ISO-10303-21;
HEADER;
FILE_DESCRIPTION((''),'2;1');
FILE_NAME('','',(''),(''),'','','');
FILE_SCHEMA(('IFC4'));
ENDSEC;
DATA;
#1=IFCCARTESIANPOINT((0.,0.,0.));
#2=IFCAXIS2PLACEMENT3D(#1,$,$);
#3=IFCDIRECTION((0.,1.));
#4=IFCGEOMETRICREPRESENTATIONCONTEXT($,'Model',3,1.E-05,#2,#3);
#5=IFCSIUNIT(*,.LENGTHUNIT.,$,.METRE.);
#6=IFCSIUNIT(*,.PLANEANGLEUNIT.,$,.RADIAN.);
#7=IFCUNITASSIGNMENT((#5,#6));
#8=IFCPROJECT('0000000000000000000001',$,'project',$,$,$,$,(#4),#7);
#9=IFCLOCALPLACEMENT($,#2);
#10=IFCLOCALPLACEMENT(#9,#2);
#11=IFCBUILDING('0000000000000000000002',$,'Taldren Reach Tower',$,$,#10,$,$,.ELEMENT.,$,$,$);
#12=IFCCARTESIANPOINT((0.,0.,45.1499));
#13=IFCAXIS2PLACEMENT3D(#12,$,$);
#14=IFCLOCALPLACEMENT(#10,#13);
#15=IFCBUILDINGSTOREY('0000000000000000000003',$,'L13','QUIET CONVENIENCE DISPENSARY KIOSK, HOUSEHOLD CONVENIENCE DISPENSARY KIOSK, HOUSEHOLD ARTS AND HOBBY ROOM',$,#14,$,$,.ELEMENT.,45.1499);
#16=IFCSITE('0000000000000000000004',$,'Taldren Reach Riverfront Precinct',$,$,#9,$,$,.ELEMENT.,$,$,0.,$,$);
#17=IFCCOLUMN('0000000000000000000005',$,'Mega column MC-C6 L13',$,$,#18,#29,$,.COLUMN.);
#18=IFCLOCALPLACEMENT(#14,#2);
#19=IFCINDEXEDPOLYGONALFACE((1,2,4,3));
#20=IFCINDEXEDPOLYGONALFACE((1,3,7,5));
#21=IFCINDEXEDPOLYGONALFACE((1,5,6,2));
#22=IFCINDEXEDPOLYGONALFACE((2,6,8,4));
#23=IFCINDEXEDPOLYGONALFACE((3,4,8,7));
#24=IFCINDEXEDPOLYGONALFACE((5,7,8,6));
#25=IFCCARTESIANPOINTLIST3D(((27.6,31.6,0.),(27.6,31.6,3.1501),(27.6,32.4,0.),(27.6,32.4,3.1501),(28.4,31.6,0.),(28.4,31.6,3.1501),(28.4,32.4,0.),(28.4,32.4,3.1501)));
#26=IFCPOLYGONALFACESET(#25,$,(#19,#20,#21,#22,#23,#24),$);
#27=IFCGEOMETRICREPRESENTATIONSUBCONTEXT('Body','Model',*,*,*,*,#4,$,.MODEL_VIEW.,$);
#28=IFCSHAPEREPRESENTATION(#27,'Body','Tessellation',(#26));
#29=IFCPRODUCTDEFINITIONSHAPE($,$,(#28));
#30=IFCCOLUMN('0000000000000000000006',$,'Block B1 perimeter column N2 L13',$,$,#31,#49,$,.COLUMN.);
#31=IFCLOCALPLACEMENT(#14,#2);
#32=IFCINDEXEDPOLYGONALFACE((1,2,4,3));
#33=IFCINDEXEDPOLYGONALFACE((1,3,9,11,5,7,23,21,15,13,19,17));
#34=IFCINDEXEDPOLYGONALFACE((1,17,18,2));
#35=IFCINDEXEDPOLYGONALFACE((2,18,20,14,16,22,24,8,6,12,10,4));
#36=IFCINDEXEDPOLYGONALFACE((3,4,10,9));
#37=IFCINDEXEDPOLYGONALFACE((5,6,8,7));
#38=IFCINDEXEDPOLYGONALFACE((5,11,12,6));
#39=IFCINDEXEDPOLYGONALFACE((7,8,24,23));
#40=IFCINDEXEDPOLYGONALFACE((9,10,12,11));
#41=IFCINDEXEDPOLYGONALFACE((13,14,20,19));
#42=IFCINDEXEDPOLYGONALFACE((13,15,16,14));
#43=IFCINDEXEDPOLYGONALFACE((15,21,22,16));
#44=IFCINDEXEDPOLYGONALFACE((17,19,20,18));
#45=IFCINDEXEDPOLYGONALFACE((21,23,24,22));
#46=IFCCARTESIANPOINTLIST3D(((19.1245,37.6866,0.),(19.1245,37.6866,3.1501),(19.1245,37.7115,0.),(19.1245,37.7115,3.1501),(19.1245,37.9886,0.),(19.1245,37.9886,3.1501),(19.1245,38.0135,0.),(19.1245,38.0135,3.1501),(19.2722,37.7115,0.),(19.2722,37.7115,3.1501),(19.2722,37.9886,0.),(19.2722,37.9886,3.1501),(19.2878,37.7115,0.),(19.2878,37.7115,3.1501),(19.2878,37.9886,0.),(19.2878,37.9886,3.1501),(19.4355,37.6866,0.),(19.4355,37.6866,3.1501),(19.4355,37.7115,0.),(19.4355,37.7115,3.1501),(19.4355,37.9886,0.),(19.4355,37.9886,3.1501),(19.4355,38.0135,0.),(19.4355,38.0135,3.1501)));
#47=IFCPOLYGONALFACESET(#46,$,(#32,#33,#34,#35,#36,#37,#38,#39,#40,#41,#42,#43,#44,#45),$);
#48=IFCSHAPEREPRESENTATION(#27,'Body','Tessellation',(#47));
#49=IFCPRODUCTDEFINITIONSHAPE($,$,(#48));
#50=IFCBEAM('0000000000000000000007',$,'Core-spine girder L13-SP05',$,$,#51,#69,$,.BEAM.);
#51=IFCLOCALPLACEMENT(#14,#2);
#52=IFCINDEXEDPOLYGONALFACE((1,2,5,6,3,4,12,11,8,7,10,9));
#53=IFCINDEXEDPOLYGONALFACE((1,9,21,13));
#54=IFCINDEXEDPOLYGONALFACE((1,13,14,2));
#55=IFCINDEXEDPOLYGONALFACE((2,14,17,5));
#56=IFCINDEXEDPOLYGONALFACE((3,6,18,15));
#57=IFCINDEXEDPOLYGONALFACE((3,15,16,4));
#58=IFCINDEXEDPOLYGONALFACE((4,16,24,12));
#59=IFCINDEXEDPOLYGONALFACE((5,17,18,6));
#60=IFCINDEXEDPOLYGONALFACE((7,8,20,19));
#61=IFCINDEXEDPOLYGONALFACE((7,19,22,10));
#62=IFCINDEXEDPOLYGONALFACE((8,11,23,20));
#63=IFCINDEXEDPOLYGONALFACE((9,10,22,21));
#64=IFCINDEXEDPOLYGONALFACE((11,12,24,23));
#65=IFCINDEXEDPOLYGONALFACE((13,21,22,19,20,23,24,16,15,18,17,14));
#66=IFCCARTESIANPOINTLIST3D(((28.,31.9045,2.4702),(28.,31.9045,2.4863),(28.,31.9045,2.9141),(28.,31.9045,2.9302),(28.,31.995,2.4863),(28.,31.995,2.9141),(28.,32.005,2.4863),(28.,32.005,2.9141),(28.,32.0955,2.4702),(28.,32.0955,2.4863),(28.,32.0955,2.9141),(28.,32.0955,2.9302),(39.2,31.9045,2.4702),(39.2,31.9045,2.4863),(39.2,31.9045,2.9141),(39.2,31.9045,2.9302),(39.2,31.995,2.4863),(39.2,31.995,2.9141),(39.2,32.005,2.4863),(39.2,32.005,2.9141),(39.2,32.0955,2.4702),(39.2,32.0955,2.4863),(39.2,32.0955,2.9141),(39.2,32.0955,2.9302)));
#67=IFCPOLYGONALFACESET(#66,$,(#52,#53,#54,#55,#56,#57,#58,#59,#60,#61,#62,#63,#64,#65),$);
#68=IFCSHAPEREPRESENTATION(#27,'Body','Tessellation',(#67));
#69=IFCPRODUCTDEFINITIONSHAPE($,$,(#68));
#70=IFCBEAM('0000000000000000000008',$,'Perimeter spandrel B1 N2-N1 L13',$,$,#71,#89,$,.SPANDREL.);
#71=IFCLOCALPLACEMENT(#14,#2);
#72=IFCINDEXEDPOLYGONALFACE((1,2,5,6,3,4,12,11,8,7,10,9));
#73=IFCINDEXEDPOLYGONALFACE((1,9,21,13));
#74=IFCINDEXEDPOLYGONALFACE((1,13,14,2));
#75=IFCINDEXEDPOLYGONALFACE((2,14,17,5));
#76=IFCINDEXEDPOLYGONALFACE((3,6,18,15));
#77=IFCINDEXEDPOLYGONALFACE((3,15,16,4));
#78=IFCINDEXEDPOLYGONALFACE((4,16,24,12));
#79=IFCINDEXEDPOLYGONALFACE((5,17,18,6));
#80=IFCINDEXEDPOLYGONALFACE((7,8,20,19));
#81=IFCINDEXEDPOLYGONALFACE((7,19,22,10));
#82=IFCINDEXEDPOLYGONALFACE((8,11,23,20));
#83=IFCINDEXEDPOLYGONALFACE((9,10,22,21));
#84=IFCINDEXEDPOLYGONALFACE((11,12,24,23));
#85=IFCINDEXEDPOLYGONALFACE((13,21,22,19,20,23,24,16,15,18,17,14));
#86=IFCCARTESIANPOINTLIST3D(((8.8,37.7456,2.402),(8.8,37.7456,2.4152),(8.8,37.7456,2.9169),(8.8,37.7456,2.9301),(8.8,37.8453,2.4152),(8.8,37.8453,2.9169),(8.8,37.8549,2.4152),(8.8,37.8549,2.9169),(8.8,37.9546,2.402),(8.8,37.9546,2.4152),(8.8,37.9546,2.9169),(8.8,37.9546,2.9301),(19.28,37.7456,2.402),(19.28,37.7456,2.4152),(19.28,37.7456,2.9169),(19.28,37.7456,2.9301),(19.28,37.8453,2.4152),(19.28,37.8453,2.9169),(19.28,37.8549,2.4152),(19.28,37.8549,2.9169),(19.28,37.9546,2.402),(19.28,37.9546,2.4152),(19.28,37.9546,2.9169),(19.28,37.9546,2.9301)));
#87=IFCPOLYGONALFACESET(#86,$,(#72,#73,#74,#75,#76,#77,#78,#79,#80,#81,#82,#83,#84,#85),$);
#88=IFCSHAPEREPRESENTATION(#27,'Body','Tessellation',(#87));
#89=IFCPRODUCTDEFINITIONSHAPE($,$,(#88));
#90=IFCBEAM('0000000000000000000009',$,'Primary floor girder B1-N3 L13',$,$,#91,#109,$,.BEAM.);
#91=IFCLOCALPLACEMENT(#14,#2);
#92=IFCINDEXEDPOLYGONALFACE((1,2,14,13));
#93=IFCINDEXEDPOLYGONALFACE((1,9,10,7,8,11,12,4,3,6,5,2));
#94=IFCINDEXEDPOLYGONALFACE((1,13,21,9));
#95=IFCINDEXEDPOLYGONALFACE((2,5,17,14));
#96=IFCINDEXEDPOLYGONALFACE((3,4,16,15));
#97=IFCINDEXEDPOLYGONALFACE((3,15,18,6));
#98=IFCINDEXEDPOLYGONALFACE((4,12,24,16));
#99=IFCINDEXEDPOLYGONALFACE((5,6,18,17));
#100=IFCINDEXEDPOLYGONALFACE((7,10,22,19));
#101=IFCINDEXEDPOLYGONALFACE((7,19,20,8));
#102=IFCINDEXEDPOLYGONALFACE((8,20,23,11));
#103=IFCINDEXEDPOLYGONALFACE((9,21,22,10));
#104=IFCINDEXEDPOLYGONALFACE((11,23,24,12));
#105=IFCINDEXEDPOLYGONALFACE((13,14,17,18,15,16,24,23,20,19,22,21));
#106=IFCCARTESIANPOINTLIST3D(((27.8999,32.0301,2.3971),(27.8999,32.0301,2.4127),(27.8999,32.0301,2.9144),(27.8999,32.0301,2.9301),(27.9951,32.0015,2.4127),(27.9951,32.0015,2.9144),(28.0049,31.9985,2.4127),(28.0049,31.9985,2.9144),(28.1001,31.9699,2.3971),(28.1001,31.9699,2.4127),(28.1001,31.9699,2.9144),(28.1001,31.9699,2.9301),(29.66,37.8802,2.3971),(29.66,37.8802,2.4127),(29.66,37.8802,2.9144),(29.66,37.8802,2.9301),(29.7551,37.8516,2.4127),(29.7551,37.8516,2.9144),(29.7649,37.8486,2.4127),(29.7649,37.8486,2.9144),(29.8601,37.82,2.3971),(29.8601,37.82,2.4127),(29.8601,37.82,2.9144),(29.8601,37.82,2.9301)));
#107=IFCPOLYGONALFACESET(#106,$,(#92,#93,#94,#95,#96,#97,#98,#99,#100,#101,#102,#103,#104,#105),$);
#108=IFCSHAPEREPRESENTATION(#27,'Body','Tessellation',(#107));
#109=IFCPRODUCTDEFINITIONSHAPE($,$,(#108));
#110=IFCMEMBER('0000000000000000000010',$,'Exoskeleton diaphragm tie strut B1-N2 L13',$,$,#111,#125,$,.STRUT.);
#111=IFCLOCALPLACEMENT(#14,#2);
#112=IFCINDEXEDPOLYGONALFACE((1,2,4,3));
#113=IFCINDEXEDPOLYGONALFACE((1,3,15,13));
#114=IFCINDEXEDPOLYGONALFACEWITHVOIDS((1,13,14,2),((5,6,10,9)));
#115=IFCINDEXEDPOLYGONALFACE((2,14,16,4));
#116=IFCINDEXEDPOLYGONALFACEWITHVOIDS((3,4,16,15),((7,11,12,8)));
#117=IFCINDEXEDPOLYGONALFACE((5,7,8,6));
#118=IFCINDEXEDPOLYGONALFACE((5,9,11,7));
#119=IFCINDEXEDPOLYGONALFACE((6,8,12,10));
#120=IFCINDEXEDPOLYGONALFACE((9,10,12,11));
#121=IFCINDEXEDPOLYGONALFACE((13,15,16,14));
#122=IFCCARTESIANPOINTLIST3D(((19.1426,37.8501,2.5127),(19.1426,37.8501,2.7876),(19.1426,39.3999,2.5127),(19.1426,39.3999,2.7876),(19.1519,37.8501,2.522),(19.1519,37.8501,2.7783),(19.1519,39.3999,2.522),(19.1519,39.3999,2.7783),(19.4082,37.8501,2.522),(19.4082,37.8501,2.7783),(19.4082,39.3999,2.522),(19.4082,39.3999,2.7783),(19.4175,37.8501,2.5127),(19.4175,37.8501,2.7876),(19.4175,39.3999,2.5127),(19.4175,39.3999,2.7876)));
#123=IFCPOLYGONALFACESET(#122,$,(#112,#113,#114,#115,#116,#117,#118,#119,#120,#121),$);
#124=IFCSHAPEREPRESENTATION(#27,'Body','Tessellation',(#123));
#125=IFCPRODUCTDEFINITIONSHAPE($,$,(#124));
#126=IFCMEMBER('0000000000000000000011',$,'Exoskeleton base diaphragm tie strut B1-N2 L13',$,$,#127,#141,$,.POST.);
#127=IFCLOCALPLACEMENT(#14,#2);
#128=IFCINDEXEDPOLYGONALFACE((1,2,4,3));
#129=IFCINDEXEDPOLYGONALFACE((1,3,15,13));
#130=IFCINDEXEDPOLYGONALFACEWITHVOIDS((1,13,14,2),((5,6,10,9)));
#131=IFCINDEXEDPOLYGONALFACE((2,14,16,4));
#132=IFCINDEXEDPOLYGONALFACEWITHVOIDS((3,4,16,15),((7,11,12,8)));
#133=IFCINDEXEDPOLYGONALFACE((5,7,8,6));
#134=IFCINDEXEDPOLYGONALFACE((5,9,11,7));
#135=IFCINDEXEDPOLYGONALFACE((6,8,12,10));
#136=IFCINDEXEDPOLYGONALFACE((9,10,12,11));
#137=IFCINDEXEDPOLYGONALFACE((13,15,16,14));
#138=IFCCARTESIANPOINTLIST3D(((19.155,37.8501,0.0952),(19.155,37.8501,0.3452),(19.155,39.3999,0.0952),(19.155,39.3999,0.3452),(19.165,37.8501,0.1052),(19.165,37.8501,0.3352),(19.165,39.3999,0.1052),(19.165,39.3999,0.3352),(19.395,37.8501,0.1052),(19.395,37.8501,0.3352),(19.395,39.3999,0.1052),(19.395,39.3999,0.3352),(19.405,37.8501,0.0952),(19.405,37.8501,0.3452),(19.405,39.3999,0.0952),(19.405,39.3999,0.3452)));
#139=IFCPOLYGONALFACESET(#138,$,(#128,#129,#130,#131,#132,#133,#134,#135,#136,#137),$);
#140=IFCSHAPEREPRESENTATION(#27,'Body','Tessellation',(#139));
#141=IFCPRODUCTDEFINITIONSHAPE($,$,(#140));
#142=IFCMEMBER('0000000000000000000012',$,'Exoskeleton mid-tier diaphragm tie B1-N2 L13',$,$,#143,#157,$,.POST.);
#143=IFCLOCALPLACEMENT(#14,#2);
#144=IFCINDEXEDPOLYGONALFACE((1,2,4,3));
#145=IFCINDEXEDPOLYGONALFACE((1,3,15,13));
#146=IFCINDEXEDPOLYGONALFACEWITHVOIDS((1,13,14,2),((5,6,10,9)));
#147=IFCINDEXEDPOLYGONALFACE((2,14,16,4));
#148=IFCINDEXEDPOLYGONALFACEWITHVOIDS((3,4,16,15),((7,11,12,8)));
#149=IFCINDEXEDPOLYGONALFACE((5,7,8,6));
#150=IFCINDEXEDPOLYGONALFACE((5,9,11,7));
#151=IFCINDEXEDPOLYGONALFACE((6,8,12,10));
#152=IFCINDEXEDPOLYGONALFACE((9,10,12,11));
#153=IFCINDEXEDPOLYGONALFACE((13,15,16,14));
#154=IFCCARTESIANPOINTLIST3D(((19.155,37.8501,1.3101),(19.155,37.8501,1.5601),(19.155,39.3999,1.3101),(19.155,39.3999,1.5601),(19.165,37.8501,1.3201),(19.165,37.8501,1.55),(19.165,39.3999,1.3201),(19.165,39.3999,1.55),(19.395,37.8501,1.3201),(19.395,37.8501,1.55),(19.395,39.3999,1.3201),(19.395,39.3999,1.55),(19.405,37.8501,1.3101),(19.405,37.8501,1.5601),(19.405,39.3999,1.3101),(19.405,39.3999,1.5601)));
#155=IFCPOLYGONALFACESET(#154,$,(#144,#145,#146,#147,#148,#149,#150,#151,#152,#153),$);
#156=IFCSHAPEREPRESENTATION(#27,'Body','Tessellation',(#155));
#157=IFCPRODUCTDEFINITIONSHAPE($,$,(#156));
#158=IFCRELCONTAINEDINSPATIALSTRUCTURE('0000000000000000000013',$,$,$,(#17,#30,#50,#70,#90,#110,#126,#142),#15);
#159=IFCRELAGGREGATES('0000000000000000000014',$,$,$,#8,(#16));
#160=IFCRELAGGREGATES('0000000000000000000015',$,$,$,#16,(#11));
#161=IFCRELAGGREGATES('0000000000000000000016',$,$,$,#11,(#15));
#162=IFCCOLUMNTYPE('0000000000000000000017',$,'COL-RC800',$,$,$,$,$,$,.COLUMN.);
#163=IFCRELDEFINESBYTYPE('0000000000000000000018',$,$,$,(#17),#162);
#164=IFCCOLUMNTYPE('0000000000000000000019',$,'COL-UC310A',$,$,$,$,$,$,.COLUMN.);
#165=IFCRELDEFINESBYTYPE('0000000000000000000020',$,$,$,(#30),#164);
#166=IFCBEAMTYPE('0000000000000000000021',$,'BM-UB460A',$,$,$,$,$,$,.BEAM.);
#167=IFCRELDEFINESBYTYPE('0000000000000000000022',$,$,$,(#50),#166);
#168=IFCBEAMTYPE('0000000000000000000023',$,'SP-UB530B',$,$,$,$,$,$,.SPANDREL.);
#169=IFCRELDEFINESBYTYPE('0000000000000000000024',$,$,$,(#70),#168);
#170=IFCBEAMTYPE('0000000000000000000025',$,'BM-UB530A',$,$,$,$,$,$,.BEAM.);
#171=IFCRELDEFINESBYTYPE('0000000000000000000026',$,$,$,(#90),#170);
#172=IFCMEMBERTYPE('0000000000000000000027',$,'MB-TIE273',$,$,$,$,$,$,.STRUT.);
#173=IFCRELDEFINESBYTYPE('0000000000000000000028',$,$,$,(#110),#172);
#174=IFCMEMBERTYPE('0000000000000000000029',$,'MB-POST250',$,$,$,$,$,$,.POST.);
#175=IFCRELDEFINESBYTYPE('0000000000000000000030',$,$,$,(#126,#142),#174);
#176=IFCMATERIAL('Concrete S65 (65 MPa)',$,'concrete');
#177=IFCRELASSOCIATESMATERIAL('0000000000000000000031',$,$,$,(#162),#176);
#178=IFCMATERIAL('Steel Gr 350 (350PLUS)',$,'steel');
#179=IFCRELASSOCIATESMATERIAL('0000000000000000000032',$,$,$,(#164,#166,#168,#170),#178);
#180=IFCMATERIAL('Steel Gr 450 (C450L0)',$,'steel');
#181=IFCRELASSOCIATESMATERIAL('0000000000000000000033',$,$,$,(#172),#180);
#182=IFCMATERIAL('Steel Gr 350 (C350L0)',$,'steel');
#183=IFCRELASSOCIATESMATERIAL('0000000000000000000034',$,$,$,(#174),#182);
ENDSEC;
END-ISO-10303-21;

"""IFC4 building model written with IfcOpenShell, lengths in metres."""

from ifc_helpers import new_model, si_unit, direction, frame, origin, origin_2d, place, context, subcontext, project, spatial, rectangle, hollow_rectangle, i_section, extrude, source, transform, mapped, material, material_profile, profile_set, type_object, element, save


model = new_model("IFC4")

# Units and contexts
model_context = context("Model", 3, precision=1e-05, world=origin(), true_north=direction((0.0, 1.0)))
body_context = subcontext(model_context, "Body", "Model", "MODEL_VIEW")
ifc_project = project(units=[si_unit("LENGTHUNIT", "METRE"), si_unit("PLANEANGLEUNIT", "RADIAN")], contexts=[model_context])

# Site, building, storey
site_placement = place(None, origin())
site = spatial("IfcSite", under=ifc_project, at=site_placement, Name="Taldren Reach Riverfront Precinct", CompositionType="ELEMENT", RefElevation=0.0)
building_placement = place(site_placement, origin())
building = spatial("IfcBuilding", under=site, at=building_placement, Name="Taldren Reach Tower", CompositionType="ELEMENT")
storey_placement = place(building_placement, frame((0.0, 0.0, 45.1499)))
storey = spatial("IfcBuildingStorey", under=building, at=storey_placement, Name="L13", Description="QUIET CONVENIENCE DISPENSARY KIOSK, HOUSEHOLD CONVENIENCE DISPENSARY KIOSK, HOUSEHOLD ARTS AND HOBBY ROOM", CompositionType="ELEMENT", Elevation=45.1499)

# Columns
ifc_material_1 = material(Name="Concrete S65 (65 MPa)", Category="concrete")
ifc_material_profile_1 = material_profile(ifc_material_1, rectangle(XDim=0.8, YDim=0.8, at=origin_2d()), Name="RC-800x800")
ifc_profile_set_1 = profile_set([ifc_material_profile_1], Name="Concrete S65 (65 MPa)")
column_type_1 = type_object("IfcColumnType", Name="COL-RC800", PredefinedType="COLUMN", material=ifc_profile_set_1)
shared_shape_1 = source(origin(), body_context, "Body", "SweptSolid", [
    extrude(rectangle(XDim=0.8, YDim=0.8, at=origin_2d()), origin(), (0.0, 0.0, 1.0), 3.1501),
])
column_1_placement = place(storey_placement, frame((28.0, 32.0, 0.0), z_axis=(0.0, 0.0, 1.0), x_axis=(1.0, 0.0, 0.0)))
element("IfcColumn", 1, at=column_1_placement, inside=storey, type_object=column_type_1, Name="Mega column MC-C6 L13", PredefinedType="COLUMN", context=body_context, shape_type="MappedRepresentation", body=[
    mapped(shared_shape_1, transform((0.0, 0.0, 0.0), scale=1.0)),
])
ifc_material_2 = material(Name="Steel Gr 350 (350PLUS)", Category="steel")
ifc_material_profile_2 = material_profile(ifc_material_2, i_section(OverallWidth=0.311, OverallDepth=0.3269, WebThickness=0.0156, FlangeThickness=0.0249, at=origin_2d()), Name="310UC158")
ifc_profile_set_2 = profile_set([ifc_material_profile_2], Name="Steel Gr 350 (350PLUS)")
column_type_2 = type_object("IfcColumnType", Name="COL-UC310A", PredefinedType="COLUMN", material=ifc_profile_set_2)
shared_shape_2 = source(origin(), body_context, "Body", "SweptSolid", [
    extrude(i_section(OverallWidth=0.311, OverallDepth=0.3269, WebThickness=0.0156, FlangeThickness=0.0249, at=origin_2d()), origin(), (0.0, 0.0, 1.0), 3.1501),
])
column_2_placement = place(storey_placement, frame((19.28, 37.8501, 0.0), z_axis=(0.0, 0.0, 1.0), x_axis=(1.0, 0.0, 0.0)))
element("IfcColumn", 2, at=column_2_placement, inside=storey, type_object=column_type_2, Name="Block B1 perimeter column N2 L13", PredefinedType="COLUMN", context=body_context, shape_type="MappedRepresentation", body=[
    mapped(shared_shape_2, transform((0.0, 0.0, 0.0), scale=1.0)),
])

# Beams
ifc_material_profile_3 = material_profile(ifc_material_2, i_section(OverallWidth=0.1909, OverallDepth=0.46, WebThickness=0.01, FlangeThickness=0.0161, at=origin_2d()), Name="460UB82.1")
ifc_profile_set_3 = profile_set([ifc_material_profile_3], Name="Steel Gr 350 (350PLUS)")
beam_type_1 = type_object("IfcBeamType", Name="BM-UB460A", PredefinedType="BEAM", material=ifc_profile_set_3)
shared_shape_3 = source(origin(), body_context, "Body", "SweptSolid", [
    extrude(i_section(OverallWidth=0.1909, OverallDepth=0.46, WebThickness=0.01, FlangeThickness=0.0161, at=origin_2d()), origin(), (0.0, 0.0, 1.0), 11.2),
])
beam_1_placement = place(storey_placement, frame((28.0, 32.0, 2.7002), z_axis=(1.0, 0.0, 0.0), x_axis=(0.0, 1.0, 0.0)))
element("IfcBeam", 3, at=beam_1_placement, inside=storey, type_object=beam_type_1, Name="Core-spine girder L13-SP05", PredefinedType="BEAM", context=body_context, shape_type="MappedRepresentation", body=[
    mapped(shared_shape_3, transform((0.0, 0.0, 0.0), scale=1.0)),
])
ifc_material_profile_4 = material_profile(ifc_material_2, i_section(OverallWidth=0.209, OverallDepth=0.5281, WebThickness=0.0095, FlangeThickness=0.0132, at=origin_2d()), Name="530UB82.0")
ifc_profile_set_4 = profile_set([ifc_material_profile_4], Name="Steel Gr 350 (350PLUS)")
beam_type_2 = type_object("IfcBeamType", Name="SP-UB530B", PredefinedType="SPANDREL", material=ifc_profile_set_4)
shared_shape_4 = source(origin(), body_context, "Body", "SweptSolid", [
    extrude(i_section(OverallWidth=0.209, OverallDepth=0.5281, WebThickness=0.0095, FlangeThickness=0.0132, at=origin_2d()), origin(), (0.0, 0.0, 1.0), 10.48),
])
beam_2_placement = place(storey_placement, frame((19.28, 37.8501, 2.666), z_axis=(-1.0, 0.0, 0.0), x_axis=(0.0, -1.0, 0.0)))
element("IfcBeam", 4, at=beam_2_placement, inside=storey, type_object=beam_type_2, Name="Perimeter spandrel B1 N2-N1 L13", PredefinedType="SPANDREL", context=body_context, shape_type="MappedRepresentation", body=[
    mapped(shared_shape_4, transform((0.0, 0.0, 0.0), scale=1.0)),
])
ifc_material_profile_5 = material_profile(ifc_material_2, i_section(OverallWidth=0.209, OverallDepth=0.533, WebThickness=0.0103, FlangeThickness=0.0156, at=origin_2d()), Name="530UB92.4")
ifc_profile_set_5 = profile_set([ifc_material_profile_5], Name="Steel Gr 350 (350PLUS)")
beam_type_3 = type_object("IfcBeamType", Name="BM-UB530A", PredefinedType="BEAM", material=ifc_profile_set_5)
shared_shape_5 = source(origin(), body_context, "Body", "SweptSolid", [
    extrude(i_section(OverallWidth=0.209, OverallDepth=0.533, WebThickness=0.0103, FlangeThickness=0.0156, at=origin_2d()), origin(), (0.0, 0.0, 1.0), 6.1091),
])
beam_3_placement = place(storey_placement, frame((28.0, 32.0, 2.6636), z_axis=(0.288096, 0.957602, 0.0), x_axis=(-0.957602, 0.288096, 0.0)))
element("IfcBeam", 5, at=beam_3_placement, inside=storey, type_object=beam_type_3, Name="Primary floor girder B1-N3 L13", PredefinedType="BEAM", context=body_context, shape_type="MappedRepresentation", body=[
    mapped(shared_shape_5, transform((0.0, 0.0, 0.0), scale=1.0)),
])

# Members
ifc_material_3 = material(Name="Steel Gr 450 (C450L0)", Category="steel")
ifc_material_profile_6 = material_profile(ifc_material_3, hollow_rectangle(XDim=0.2749, YDim=0.2749, WallThickness=0.0093, at=origin_2d()), Name="275x275x9.3SHS")
ifc_profile_set_6 = profile_set([ifc_material_profile_6], Name="Steel Gr 450 (C450L0)")
member_type_1 = type_object("IfcMemberType", Name="MB-TIE273", PredefinedType="STRUT", material=ifc_profile_set_6)
shared_shape_6 = source(origin(), body_context, "Body", "SweptSolid", [
    extrude(hollow_rectangle(XDim=0.2749, YDim=0.2749, WallThickness=0.0093, at=origin_2d()), origin(), (0.0, 0.0, 1.0), 1.5498),
])
member_placement = place(storey_placement, frame((19.28, 37.8501, 2.6501), z_axis=(0.0, 1.0, 0.0), x_axis=(-1.0, 0.0, 0.0)))
element("IfcMember", 6, at=member_placement, inside=storey, type_object=member_type_1, Name="Exoskeleton diaphragm tie strut B1-N2 L13", PredefinedType="STRUT", context=body_context, shape_type="MappedRepresentation", body=[
    mapped(shared_shape_6, transform((0.0, 0.0, 0.0), scale=1.0)),
])
ifc_material_4 = material(Name="Steel Gr 350 (C350L0)", Category="steel")
ifc_material_profile_7 = material_profile(ifc_material_4, hollow_rectangle(XDim=0.25, YDim=0.25, WallThickness=0.01, at=origin_2d()), Name="250x250x10.0SHS")
ifc_profile_set_7 = profile_set([ifc_material_profile_7], Name="Steel Gr 350 (C350L0)")
member_type_2 = type_object("IfcMemberType", Name="MB-POST250", PredefinedType="POST", material=ifc_profile_set_7)
shared_shape_7 = source(origin(), body_context, "Body", "SweptSolid", [
    extrude(hollow_rectangle(XDim=0.25, YDim=0.25, WallThickness=0.01, at=origin_2d()), origin(), (0.0, 0.0, 1.0), 1.5498),
])
for number, where, z_axis, x_axis, name in (
    (7, (19.28, 37.8501, 0.2202), (0.0, 1.0, 0.0), (-1.0, 0.0, 0.0), "Exoskeleton base diaphragm tie strut B1-N2 L13"),
    (8, (19.28, 37.8501, 1.4351), (0.0, 1.0, 0.0), (-1.0, 0.0, 0.0), "Exoskeleton mid-tier diaphragm tie B1-N2 L13"),
):
    element("IfcMember", number, at=place(storey_placement, frame(where, z_axis=z_axis, x_axis=x_axis)), inside=storey, type_object=member_type_2, Name=name, PredefinedType="POST", context=body_context, shape_type="MappedRepresentation", body=[
        mapped(shared_shape_7, transform((0.0, 0.0, 0.0), scale=1.0)),
    ])

save(model, "model.ifc")
